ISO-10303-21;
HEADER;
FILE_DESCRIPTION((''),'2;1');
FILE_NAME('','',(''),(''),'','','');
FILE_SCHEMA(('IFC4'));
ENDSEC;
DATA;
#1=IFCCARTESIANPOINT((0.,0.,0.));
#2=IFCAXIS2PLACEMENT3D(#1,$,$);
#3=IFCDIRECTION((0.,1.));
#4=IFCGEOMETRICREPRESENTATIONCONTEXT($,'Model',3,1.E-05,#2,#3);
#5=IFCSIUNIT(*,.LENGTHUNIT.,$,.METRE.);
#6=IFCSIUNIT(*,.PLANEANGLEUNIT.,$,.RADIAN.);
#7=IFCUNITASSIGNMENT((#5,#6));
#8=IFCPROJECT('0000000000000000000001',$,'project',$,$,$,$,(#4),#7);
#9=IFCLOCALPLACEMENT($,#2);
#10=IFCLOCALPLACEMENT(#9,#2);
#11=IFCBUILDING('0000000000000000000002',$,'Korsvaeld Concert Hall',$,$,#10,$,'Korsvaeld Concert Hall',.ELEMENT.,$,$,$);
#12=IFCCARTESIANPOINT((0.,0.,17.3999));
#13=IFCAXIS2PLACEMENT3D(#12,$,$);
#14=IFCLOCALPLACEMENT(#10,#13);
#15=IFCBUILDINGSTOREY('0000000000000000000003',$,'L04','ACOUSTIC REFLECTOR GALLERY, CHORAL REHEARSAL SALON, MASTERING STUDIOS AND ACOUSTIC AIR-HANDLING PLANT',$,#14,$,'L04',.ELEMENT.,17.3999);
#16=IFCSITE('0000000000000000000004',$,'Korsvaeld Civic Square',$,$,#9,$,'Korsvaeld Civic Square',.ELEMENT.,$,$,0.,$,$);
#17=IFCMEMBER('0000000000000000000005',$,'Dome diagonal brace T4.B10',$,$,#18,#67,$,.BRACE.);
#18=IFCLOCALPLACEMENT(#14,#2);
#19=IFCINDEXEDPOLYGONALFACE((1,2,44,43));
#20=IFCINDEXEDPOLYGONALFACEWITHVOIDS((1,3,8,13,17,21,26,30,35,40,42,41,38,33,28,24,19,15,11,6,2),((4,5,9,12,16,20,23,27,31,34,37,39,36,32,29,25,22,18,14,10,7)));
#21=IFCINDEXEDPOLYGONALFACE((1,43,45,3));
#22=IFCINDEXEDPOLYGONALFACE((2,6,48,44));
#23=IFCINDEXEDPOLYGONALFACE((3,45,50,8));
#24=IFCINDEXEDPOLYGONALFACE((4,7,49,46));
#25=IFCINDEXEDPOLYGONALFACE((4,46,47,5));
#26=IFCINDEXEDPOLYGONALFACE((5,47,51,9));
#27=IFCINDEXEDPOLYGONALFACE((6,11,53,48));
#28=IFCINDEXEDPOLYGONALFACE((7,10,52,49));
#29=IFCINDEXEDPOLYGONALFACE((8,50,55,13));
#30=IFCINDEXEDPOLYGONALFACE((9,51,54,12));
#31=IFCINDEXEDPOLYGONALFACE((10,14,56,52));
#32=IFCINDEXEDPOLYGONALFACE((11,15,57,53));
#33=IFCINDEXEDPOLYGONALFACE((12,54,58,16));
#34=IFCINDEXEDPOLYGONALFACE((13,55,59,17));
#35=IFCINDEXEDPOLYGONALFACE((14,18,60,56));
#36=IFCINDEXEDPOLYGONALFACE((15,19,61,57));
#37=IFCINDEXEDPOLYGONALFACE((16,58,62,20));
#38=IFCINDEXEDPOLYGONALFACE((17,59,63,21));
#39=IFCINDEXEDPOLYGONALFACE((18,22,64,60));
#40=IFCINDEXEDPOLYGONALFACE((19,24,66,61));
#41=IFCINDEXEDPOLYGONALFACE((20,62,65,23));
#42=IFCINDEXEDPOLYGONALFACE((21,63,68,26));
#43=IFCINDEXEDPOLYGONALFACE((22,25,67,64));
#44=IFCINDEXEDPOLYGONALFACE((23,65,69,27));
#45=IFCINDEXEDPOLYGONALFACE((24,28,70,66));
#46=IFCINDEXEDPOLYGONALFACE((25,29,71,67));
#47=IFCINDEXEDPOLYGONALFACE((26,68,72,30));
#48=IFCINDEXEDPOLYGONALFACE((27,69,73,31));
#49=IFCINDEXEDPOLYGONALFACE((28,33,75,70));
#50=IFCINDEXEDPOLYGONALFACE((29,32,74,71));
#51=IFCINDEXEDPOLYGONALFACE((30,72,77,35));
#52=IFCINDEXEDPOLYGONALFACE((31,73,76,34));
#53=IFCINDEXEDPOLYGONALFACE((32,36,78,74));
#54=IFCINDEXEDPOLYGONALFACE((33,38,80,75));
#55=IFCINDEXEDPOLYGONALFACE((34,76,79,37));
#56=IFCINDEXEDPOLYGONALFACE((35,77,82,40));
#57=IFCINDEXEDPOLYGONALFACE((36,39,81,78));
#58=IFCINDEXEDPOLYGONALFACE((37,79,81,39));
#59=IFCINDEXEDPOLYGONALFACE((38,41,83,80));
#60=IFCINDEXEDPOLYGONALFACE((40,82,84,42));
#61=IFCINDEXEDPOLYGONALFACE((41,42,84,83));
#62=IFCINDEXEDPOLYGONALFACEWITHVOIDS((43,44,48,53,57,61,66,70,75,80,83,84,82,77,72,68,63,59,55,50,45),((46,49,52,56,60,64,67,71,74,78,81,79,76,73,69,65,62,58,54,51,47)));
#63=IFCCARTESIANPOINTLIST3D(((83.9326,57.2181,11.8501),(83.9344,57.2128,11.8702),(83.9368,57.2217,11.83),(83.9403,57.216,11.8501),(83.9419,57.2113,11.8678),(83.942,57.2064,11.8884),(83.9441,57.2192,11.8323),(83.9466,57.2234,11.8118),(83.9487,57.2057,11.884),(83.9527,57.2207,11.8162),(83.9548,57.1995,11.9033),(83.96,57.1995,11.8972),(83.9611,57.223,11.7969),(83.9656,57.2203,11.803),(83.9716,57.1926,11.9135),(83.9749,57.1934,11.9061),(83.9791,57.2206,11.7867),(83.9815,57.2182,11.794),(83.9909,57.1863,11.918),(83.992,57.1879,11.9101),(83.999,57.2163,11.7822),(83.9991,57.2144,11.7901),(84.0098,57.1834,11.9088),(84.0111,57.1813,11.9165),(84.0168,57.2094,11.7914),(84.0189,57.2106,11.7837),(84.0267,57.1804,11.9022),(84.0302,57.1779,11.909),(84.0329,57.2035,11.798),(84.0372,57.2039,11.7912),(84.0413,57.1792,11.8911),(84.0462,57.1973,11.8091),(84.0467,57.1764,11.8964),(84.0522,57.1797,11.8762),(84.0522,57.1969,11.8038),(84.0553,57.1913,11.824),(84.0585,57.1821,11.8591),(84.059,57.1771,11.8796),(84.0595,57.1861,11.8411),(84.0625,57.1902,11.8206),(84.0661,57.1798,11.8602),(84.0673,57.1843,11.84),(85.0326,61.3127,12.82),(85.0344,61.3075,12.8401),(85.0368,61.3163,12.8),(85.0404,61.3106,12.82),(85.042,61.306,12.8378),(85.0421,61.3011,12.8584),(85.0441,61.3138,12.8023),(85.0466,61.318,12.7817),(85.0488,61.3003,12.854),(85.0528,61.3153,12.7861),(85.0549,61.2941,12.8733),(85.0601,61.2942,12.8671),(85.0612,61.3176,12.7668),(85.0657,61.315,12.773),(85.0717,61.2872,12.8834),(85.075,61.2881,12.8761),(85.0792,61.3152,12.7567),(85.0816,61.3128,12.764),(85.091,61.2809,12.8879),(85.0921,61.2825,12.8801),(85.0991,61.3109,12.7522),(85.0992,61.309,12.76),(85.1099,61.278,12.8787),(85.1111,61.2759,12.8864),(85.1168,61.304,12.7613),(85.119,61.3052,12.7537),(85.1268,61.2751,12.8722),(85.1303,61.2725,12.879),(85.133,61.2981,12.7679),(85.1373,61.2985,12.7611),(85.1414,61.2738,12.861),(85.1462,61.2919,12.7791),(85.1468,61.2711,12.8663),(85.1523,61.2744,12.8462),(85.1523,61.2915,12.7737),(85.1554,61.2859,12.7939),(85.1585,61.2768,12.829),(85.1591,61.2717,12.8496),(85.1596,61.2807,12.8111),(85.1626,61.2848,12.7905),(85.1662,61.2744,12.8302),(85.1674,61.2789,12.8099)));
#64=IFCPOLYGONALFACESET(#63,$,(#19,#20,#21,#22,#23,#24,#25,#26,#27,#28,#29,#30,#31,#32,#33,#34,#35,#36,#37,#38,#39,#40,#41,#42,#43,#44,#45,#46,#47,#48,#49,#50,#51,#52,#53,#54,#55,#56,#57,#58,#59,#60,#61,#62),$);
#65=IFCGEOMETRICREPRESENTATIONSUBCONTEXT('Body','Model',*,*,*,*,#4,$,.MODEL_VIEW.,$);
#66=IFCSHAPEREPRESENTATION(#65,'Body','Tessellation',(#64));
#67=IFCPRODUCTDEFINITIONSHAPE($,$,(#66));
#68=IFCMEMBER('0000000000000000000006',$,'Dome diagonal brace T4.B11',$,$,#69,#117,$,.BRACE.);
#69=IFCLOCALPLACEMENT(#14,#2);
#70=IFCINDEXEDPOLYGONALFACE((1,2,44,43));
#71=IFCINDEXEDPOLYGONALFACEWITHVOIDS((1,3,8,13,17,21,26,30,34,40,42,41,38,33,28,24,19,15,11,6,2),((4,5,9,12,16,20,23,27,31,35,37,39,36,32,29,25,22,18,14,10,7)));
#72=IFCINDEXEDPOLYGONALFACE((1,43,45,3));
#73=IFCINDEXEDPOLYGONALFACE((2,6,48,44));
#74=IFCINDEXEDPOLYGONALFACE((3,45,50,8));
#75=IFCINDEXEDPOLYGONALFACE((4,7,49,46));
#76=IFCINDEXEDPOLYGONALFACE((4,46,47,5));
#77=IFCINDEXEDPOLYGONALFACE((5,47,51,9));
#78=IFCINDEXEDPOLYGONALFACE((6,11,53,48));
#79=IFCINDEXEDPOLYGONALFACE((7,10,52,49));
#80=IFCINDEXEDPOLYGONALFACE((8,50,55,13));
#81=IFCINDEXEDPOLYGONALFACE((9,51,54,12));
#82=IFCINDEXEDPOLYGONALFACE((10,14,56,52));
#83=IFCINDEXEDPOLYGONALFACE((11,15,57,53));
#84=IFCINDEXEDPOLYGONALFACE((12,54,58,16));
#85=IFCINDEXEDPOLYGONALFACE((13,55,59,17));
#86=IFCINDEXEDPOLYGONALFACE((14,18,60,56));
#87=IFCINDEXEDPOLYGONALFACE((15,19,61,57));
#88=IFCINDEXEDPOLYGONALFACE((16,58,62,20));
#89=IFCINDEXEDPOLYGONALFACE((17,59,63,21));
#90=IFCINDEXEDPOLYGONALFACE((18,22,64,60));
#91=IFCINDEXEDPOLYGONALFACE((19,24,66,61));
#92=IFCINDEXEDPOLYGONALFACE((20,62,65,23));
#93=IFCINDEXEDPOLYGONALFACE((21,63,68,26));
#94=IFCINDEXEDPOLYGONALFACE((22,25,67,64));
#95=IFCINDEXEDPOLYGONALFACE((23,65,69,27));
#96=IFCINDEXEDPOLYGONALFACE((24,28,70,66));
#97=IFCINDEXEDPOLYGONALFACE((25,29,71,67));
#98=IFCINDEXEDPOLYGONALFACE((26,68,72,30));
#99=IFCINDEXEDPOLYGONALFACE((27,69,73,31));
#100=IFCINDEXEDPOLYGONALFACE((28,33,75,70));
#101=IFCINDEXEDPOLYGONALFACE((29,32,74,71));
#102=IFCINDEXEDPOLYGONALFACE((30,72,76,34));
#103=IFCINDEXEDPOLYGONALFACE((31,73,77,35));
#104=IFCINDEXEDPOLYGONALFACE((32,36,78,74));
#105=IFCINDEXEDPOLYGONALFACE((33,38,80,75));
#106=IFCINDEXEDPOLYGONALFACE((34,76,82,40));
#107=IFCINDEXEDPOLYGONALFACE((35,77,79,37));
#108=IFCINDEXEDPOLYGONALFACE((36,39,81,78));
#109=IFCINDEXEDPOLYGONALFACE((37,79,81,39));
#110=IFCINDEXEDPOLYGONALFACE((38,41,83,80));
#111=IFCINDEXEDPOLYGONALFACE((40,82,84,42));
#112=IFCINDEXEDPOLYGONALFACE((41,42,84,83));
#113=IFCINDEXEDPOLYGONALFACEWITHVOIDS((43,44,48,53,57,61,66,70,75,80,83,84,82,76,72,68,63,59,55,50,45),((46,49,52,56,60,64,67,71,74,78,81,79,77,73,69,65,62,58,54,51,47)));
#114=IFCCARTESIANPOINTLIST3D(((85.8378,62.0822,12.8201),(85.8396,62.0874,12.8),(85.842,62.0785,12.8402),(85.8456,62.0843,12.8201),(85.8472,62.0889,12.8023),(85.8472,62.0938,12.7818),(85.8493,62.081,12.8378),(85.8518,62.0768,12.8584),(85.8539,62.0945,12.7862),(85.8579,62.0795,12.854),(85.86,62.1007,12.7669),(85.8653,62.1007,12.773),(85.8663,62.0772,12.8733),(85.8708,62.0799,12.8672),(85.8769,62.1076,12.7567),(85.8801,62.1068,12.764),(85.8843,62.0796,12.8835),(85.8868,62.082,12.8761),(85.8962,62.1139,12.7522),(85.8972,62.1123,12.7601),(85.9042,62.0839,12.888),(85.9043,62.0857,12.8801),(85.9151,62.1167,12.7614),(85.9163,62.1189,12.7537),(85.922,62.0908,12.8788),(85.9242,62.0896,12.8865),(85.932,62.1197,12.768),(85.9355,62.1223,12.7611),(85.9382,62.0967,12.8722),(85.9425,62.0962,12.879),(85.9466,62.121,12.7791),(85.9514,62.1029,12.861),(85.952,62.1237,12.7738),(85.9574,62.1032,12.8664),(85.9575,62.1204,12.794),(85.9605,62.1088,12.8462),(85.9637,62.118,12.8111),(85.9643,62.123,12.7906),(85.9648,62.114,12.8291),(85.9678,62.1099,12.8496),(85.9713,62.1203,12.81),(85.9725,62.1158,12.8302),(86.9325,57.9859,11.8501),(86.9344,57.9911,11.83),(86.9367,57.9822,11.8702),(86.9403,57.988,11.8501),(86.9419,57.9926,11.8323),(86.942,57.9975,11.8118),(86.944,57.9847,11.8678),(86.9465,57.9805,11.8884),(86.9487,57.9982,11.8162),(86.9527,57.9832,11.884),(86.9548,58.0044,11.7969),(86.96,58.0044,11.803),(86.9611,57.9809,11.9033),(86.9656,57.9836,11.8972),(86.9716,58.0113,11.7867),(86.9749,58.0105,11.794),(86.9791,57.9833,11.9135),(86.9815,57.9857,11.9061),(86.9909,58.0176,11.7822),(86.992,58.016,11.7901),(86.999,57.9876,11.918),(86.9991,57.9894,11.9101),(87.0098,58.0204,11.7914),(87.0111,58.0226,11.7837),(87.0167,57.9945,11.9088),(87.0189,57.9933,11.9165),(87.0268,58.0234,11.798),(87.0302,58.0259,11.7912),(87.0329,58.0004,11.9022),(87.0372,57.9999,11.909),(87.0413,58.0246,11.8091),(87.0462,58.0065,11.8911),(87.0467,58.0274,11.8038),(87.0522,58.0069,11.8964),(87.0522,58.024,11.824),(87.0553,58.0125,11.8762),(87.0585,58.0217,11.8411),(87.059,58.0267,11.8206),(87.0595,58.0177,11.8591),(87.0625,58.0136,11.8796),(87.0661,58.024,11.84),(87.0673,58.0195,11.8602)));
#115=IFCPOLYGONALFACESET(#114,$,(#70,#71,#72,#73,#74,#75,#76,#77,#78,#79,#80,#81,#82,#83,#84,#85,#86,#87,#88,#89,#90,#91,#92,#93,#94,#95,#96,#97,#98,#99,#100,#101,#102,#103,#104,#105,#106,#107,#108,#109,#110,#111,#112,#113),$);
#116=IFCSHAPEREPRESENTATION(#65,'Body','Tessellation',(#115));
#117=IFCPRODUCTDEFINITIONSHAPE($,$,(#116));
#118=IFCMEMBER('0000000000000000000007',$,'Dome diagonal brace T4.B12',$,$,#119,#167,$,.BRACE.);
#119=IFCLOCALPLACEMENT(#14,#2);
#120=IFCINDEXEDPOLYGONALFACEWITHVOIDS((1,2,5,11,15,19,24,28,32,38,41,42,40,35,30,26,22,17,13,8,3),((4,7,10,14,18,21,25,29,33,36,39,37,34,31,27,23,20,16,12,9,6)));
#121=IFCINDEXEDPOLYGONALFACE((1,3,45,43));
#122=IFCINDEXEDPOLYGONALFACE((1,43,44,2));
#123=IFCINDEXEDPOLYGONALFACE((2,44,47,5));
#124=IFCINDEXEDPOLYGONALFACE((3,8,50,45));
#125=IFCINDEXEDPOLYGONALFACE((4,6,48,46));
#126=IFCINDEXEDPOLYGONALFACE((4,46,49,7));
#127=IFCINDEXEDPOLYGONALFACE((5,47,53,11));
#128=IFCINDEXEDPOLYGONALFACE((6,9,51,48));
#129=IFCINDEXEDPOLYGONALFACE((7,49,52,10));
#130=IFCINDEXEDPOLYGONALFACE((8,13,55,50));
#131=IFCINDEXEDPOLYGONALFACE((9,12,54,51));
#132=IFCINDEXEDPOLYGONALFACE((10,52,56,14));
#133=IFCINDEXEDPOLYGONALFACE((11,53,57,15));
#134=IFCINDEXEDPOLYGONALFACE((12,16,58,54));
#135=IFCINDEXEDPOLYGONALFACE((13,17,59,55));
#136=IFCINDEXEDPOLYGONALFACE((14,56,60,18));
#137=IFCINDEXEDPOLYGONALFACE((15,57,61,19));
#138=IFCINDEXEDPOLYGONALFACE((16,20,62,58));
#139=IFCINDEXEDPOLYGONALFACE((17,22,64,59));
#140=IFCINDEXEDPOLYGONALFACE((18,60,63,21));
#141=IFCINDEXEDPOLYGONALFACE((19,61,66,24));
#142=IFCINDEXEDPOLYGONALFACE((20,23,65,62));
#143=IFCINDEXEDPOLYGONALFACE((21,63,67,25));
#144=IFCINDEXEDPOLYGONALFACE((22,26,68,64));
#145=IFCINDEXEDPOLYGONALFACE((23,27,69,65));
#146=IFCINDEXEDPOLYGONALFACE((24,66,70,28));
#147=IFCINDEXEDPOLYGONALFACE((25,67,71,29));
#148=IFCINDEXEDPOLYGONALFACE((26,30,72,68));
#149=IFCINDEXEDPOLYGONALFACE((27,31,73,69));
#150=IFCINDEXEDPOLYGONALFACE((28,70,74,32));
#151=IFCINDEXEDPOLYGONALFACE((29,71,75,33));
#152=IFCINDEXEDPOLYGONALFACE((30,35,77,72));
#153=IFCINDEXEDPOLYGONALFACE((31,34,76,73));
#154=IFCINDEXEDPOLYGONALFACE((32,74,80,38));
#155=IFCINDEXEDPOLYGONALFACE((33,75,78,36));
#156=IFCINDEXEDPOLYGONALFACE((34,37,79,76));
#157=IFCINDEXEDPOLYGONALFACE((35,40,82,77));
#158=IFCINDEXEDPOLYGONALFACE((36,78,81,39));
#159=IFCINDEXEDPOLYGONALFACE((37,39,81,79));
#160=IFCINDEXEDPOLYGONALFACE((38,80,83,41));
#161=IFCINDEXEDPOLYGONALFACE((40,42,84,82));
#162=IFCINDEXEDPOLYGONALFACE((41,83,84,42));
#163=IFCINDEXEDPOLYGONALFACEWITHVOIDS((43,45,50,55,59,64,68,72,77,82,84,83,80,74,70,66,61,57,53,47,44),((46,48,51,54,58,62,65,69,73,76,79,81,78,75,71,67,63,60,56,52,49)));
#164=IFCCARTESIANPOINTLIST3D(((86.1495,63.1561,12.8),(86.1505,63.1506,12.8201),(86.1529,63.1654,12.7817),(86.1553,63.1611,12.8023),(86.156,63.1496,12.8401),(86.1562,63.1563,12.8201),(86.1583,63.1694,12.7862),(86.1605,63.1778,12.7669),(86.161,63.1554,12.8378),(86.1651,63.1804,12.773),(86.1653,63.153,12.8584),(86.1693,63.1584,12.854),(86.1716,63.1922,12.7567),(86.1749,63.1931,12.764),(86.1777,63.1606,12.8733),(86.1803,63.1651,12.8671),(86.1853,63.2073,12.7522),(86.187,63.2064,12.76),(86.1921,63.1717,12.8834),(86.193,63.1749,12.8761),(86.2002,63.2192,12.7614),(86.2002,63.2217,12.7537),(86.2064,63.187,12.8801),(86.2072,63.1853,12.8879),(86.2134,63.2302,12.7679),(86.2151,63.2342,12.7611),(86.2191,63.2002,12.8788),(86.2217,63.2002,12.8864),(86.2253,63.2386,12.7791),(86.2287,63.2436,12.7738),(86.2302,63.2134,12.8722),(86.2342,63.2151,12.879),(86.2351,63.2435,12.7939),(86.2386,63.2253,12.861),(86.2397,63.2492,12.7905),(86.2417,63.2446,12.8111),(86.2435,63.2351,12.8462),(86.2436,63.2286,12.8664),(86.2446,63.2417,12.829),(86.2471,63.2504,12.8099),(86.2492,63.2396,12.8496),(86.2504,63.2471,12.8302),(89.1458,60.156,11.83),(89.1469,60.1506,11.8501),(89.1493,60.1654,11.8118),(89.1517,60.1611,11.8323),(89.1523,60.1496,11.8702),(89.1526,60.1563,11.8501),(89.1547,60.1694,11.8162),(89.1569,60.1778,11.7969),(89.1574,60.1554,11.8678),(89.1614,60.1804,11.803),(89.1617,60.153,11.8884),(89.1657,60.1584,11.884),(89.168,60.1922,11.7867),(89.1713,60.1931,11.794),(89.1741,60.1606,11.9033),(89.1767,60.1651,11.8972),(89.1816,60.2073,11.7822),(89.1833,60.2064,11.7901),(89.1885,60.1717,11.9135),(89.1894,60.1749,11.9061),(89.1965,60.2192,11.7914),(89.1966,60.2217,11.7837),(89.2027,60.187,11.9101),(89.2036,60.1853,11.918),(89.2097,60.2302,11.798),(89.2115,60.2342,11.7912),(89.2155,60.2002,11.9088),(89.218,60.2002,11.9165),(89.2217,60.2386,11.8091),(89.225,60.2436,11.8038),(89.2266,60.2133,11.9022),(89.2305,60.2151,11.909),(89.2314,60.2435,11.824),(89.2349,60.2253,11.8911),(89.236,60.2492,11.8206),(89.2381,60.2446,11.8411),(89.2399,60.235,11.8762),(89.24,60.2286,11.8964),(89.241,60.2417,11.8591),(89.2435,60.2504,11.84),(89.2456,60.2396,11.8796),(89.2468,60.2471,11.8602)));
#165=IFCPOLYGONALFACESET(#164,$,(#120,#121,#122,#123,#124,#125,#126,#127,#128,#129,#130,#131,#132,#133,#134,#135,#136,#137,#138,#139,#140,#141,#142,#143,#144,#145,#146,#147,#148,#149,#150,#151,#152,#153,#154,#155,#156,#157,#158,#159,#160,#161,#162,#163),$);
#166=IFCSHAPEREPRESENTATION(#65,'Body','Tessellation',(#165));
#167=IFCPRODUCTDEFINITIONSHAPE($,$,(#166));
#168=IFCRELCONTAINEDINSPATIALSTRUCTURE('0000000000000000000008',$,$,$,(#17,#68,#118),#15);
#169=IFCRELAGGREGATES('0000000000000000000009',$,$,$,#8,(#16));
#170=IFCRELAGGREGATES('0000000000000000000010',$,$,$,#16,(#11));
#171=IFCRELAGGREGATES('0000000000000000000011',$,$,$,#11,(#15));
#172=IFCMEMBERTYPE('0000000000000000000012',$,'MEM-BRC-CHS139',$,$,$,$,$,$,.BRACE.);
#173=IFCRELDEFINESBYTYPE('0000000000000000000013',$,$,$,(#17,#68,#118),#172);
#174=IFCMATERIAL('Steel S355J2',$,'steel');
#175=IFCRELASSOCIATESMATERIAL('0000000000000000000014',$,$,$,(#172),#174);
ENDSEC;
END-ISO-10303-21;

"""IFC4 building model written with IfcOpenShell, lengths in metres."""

from ifc_helpers import new_model, si_unit, direction, frame, origin, origin_2d, place, context, subcontext, project, spatial, hollow_circle, extrude, material, material_profile, profile_set, type_object, element, save


model = new_model("IFC4")

# Units and contexts
model_context = context("Model", 3, precision=1e-05, world=origin(), true_north=direction((0.0, 1.0)))
body_context = subcontext(model_context, "Body", "Model", "MODEL_VIEW")
ifc_project = project(units=[si_unit("LENGTHUNIT", "METRE"), si_unit("PLANEANGLEUNIT", "RADIAN")], contexts=[model_context])

# Site, building, storey
site_placement = place(None, origin())
site = spatial("IfcSite", under=ifc_project, at=site_placement, Name="Korsvaeld Civic Square", LongName="Korsvaeld Civic Square", CompositionType="ELEMENT", RefElevation=0.0)
building_placement = place(site_placement, origin())
building = spatial("IfcBuilding", under=site, at=building_placement, Name="Korsvaeld Concert Hall", LongName="Korsvaeld Concert Hall", CompositionType="ELEMENT")
storey_placement = place(building_placement, frame((0.0, 0.0, 17.3999)))
storey = spatial("IfcBuildingStorey", under=building, at=storey_placement, Name="L04", Description="ACOUSTIC REFLECTOR GALLERY, CHORAL REHEARSAL SALON, MASTERING STUDIOS AND ACOUSTIC AIR-HANDLING PLANT", LongName="L04", CompositionType="ELEMENT", Elevation=17.3999)

# Shared definitions
ifc_material_1 = material(Name="Steel S355J2", Category="steel")

# Members
ifc_material_profile_1 = material_profile(ifc_material_1, hollow_circle(Radius=0.0698, WallThickness=0.0081, at=origin_2d()), Name="CHS 139.7x8")
ifc_profile_set_1 = profile_set([ifc_material_profile_1], Name="Steel S355J2")
member_type_1 = type_object("IfcMemberType", Name="MEM-BRC-CHS139", PredefinedType="BRACE", material=ifc_profile_set_1)
member_1_placement = place(storey_placement, frame((84.0, 57.2, 11.8501), z_axis=(0.252927, 0.941432, 0.223009), x_axis=(-0.965754, 0.259461, 0.0)))
element("IfcMember", 1, at=member_1_placement, inside=storey, type_object=member_type_1, Name="Dome diagonal brace T4.B10", PredefinedType="BRACE", context=body_context, shape_type="SweptSolid", body=[
    extrude(hollow_circle(Radius=0.0698, WallThickness=0.0081, at=origin_2d()), origin(), (0.0, 0.0, 1.0), 4.3494),
])
for number, where, z_axis, x_axis, name in (
    (2, (87.0, 58.0039, 11.8501), (-0.251691, 0.941764, 0.223008), (-0.966093, -0.258193, 0.0), "Dome diagonal brace T4.B11"),
    (3, (89.1963, 60.2, 11.8501), (-0.688879, 0.689721, 0.223003), (-0.707538, -0.706675, 0.0), "Dome diagonal brace T4.B12"),
):
    element("IfcMember", number, at=place(storey_placement, frame(where, z_axis=z_axis, x_axis=x_axis)), inside=storey, type_object=member_type_1, Name=name, PredefinedType="BRACE", context=body_context, shape_type="SweptSolid", body=[
        extrude(hollow_circle(Radius=0.0698, WallThickness=0.0081, at=origin_2d()), origin(), (0.0, 0.0, 1.0), 4.3496),
    ])

save(model, "model.ifc")
